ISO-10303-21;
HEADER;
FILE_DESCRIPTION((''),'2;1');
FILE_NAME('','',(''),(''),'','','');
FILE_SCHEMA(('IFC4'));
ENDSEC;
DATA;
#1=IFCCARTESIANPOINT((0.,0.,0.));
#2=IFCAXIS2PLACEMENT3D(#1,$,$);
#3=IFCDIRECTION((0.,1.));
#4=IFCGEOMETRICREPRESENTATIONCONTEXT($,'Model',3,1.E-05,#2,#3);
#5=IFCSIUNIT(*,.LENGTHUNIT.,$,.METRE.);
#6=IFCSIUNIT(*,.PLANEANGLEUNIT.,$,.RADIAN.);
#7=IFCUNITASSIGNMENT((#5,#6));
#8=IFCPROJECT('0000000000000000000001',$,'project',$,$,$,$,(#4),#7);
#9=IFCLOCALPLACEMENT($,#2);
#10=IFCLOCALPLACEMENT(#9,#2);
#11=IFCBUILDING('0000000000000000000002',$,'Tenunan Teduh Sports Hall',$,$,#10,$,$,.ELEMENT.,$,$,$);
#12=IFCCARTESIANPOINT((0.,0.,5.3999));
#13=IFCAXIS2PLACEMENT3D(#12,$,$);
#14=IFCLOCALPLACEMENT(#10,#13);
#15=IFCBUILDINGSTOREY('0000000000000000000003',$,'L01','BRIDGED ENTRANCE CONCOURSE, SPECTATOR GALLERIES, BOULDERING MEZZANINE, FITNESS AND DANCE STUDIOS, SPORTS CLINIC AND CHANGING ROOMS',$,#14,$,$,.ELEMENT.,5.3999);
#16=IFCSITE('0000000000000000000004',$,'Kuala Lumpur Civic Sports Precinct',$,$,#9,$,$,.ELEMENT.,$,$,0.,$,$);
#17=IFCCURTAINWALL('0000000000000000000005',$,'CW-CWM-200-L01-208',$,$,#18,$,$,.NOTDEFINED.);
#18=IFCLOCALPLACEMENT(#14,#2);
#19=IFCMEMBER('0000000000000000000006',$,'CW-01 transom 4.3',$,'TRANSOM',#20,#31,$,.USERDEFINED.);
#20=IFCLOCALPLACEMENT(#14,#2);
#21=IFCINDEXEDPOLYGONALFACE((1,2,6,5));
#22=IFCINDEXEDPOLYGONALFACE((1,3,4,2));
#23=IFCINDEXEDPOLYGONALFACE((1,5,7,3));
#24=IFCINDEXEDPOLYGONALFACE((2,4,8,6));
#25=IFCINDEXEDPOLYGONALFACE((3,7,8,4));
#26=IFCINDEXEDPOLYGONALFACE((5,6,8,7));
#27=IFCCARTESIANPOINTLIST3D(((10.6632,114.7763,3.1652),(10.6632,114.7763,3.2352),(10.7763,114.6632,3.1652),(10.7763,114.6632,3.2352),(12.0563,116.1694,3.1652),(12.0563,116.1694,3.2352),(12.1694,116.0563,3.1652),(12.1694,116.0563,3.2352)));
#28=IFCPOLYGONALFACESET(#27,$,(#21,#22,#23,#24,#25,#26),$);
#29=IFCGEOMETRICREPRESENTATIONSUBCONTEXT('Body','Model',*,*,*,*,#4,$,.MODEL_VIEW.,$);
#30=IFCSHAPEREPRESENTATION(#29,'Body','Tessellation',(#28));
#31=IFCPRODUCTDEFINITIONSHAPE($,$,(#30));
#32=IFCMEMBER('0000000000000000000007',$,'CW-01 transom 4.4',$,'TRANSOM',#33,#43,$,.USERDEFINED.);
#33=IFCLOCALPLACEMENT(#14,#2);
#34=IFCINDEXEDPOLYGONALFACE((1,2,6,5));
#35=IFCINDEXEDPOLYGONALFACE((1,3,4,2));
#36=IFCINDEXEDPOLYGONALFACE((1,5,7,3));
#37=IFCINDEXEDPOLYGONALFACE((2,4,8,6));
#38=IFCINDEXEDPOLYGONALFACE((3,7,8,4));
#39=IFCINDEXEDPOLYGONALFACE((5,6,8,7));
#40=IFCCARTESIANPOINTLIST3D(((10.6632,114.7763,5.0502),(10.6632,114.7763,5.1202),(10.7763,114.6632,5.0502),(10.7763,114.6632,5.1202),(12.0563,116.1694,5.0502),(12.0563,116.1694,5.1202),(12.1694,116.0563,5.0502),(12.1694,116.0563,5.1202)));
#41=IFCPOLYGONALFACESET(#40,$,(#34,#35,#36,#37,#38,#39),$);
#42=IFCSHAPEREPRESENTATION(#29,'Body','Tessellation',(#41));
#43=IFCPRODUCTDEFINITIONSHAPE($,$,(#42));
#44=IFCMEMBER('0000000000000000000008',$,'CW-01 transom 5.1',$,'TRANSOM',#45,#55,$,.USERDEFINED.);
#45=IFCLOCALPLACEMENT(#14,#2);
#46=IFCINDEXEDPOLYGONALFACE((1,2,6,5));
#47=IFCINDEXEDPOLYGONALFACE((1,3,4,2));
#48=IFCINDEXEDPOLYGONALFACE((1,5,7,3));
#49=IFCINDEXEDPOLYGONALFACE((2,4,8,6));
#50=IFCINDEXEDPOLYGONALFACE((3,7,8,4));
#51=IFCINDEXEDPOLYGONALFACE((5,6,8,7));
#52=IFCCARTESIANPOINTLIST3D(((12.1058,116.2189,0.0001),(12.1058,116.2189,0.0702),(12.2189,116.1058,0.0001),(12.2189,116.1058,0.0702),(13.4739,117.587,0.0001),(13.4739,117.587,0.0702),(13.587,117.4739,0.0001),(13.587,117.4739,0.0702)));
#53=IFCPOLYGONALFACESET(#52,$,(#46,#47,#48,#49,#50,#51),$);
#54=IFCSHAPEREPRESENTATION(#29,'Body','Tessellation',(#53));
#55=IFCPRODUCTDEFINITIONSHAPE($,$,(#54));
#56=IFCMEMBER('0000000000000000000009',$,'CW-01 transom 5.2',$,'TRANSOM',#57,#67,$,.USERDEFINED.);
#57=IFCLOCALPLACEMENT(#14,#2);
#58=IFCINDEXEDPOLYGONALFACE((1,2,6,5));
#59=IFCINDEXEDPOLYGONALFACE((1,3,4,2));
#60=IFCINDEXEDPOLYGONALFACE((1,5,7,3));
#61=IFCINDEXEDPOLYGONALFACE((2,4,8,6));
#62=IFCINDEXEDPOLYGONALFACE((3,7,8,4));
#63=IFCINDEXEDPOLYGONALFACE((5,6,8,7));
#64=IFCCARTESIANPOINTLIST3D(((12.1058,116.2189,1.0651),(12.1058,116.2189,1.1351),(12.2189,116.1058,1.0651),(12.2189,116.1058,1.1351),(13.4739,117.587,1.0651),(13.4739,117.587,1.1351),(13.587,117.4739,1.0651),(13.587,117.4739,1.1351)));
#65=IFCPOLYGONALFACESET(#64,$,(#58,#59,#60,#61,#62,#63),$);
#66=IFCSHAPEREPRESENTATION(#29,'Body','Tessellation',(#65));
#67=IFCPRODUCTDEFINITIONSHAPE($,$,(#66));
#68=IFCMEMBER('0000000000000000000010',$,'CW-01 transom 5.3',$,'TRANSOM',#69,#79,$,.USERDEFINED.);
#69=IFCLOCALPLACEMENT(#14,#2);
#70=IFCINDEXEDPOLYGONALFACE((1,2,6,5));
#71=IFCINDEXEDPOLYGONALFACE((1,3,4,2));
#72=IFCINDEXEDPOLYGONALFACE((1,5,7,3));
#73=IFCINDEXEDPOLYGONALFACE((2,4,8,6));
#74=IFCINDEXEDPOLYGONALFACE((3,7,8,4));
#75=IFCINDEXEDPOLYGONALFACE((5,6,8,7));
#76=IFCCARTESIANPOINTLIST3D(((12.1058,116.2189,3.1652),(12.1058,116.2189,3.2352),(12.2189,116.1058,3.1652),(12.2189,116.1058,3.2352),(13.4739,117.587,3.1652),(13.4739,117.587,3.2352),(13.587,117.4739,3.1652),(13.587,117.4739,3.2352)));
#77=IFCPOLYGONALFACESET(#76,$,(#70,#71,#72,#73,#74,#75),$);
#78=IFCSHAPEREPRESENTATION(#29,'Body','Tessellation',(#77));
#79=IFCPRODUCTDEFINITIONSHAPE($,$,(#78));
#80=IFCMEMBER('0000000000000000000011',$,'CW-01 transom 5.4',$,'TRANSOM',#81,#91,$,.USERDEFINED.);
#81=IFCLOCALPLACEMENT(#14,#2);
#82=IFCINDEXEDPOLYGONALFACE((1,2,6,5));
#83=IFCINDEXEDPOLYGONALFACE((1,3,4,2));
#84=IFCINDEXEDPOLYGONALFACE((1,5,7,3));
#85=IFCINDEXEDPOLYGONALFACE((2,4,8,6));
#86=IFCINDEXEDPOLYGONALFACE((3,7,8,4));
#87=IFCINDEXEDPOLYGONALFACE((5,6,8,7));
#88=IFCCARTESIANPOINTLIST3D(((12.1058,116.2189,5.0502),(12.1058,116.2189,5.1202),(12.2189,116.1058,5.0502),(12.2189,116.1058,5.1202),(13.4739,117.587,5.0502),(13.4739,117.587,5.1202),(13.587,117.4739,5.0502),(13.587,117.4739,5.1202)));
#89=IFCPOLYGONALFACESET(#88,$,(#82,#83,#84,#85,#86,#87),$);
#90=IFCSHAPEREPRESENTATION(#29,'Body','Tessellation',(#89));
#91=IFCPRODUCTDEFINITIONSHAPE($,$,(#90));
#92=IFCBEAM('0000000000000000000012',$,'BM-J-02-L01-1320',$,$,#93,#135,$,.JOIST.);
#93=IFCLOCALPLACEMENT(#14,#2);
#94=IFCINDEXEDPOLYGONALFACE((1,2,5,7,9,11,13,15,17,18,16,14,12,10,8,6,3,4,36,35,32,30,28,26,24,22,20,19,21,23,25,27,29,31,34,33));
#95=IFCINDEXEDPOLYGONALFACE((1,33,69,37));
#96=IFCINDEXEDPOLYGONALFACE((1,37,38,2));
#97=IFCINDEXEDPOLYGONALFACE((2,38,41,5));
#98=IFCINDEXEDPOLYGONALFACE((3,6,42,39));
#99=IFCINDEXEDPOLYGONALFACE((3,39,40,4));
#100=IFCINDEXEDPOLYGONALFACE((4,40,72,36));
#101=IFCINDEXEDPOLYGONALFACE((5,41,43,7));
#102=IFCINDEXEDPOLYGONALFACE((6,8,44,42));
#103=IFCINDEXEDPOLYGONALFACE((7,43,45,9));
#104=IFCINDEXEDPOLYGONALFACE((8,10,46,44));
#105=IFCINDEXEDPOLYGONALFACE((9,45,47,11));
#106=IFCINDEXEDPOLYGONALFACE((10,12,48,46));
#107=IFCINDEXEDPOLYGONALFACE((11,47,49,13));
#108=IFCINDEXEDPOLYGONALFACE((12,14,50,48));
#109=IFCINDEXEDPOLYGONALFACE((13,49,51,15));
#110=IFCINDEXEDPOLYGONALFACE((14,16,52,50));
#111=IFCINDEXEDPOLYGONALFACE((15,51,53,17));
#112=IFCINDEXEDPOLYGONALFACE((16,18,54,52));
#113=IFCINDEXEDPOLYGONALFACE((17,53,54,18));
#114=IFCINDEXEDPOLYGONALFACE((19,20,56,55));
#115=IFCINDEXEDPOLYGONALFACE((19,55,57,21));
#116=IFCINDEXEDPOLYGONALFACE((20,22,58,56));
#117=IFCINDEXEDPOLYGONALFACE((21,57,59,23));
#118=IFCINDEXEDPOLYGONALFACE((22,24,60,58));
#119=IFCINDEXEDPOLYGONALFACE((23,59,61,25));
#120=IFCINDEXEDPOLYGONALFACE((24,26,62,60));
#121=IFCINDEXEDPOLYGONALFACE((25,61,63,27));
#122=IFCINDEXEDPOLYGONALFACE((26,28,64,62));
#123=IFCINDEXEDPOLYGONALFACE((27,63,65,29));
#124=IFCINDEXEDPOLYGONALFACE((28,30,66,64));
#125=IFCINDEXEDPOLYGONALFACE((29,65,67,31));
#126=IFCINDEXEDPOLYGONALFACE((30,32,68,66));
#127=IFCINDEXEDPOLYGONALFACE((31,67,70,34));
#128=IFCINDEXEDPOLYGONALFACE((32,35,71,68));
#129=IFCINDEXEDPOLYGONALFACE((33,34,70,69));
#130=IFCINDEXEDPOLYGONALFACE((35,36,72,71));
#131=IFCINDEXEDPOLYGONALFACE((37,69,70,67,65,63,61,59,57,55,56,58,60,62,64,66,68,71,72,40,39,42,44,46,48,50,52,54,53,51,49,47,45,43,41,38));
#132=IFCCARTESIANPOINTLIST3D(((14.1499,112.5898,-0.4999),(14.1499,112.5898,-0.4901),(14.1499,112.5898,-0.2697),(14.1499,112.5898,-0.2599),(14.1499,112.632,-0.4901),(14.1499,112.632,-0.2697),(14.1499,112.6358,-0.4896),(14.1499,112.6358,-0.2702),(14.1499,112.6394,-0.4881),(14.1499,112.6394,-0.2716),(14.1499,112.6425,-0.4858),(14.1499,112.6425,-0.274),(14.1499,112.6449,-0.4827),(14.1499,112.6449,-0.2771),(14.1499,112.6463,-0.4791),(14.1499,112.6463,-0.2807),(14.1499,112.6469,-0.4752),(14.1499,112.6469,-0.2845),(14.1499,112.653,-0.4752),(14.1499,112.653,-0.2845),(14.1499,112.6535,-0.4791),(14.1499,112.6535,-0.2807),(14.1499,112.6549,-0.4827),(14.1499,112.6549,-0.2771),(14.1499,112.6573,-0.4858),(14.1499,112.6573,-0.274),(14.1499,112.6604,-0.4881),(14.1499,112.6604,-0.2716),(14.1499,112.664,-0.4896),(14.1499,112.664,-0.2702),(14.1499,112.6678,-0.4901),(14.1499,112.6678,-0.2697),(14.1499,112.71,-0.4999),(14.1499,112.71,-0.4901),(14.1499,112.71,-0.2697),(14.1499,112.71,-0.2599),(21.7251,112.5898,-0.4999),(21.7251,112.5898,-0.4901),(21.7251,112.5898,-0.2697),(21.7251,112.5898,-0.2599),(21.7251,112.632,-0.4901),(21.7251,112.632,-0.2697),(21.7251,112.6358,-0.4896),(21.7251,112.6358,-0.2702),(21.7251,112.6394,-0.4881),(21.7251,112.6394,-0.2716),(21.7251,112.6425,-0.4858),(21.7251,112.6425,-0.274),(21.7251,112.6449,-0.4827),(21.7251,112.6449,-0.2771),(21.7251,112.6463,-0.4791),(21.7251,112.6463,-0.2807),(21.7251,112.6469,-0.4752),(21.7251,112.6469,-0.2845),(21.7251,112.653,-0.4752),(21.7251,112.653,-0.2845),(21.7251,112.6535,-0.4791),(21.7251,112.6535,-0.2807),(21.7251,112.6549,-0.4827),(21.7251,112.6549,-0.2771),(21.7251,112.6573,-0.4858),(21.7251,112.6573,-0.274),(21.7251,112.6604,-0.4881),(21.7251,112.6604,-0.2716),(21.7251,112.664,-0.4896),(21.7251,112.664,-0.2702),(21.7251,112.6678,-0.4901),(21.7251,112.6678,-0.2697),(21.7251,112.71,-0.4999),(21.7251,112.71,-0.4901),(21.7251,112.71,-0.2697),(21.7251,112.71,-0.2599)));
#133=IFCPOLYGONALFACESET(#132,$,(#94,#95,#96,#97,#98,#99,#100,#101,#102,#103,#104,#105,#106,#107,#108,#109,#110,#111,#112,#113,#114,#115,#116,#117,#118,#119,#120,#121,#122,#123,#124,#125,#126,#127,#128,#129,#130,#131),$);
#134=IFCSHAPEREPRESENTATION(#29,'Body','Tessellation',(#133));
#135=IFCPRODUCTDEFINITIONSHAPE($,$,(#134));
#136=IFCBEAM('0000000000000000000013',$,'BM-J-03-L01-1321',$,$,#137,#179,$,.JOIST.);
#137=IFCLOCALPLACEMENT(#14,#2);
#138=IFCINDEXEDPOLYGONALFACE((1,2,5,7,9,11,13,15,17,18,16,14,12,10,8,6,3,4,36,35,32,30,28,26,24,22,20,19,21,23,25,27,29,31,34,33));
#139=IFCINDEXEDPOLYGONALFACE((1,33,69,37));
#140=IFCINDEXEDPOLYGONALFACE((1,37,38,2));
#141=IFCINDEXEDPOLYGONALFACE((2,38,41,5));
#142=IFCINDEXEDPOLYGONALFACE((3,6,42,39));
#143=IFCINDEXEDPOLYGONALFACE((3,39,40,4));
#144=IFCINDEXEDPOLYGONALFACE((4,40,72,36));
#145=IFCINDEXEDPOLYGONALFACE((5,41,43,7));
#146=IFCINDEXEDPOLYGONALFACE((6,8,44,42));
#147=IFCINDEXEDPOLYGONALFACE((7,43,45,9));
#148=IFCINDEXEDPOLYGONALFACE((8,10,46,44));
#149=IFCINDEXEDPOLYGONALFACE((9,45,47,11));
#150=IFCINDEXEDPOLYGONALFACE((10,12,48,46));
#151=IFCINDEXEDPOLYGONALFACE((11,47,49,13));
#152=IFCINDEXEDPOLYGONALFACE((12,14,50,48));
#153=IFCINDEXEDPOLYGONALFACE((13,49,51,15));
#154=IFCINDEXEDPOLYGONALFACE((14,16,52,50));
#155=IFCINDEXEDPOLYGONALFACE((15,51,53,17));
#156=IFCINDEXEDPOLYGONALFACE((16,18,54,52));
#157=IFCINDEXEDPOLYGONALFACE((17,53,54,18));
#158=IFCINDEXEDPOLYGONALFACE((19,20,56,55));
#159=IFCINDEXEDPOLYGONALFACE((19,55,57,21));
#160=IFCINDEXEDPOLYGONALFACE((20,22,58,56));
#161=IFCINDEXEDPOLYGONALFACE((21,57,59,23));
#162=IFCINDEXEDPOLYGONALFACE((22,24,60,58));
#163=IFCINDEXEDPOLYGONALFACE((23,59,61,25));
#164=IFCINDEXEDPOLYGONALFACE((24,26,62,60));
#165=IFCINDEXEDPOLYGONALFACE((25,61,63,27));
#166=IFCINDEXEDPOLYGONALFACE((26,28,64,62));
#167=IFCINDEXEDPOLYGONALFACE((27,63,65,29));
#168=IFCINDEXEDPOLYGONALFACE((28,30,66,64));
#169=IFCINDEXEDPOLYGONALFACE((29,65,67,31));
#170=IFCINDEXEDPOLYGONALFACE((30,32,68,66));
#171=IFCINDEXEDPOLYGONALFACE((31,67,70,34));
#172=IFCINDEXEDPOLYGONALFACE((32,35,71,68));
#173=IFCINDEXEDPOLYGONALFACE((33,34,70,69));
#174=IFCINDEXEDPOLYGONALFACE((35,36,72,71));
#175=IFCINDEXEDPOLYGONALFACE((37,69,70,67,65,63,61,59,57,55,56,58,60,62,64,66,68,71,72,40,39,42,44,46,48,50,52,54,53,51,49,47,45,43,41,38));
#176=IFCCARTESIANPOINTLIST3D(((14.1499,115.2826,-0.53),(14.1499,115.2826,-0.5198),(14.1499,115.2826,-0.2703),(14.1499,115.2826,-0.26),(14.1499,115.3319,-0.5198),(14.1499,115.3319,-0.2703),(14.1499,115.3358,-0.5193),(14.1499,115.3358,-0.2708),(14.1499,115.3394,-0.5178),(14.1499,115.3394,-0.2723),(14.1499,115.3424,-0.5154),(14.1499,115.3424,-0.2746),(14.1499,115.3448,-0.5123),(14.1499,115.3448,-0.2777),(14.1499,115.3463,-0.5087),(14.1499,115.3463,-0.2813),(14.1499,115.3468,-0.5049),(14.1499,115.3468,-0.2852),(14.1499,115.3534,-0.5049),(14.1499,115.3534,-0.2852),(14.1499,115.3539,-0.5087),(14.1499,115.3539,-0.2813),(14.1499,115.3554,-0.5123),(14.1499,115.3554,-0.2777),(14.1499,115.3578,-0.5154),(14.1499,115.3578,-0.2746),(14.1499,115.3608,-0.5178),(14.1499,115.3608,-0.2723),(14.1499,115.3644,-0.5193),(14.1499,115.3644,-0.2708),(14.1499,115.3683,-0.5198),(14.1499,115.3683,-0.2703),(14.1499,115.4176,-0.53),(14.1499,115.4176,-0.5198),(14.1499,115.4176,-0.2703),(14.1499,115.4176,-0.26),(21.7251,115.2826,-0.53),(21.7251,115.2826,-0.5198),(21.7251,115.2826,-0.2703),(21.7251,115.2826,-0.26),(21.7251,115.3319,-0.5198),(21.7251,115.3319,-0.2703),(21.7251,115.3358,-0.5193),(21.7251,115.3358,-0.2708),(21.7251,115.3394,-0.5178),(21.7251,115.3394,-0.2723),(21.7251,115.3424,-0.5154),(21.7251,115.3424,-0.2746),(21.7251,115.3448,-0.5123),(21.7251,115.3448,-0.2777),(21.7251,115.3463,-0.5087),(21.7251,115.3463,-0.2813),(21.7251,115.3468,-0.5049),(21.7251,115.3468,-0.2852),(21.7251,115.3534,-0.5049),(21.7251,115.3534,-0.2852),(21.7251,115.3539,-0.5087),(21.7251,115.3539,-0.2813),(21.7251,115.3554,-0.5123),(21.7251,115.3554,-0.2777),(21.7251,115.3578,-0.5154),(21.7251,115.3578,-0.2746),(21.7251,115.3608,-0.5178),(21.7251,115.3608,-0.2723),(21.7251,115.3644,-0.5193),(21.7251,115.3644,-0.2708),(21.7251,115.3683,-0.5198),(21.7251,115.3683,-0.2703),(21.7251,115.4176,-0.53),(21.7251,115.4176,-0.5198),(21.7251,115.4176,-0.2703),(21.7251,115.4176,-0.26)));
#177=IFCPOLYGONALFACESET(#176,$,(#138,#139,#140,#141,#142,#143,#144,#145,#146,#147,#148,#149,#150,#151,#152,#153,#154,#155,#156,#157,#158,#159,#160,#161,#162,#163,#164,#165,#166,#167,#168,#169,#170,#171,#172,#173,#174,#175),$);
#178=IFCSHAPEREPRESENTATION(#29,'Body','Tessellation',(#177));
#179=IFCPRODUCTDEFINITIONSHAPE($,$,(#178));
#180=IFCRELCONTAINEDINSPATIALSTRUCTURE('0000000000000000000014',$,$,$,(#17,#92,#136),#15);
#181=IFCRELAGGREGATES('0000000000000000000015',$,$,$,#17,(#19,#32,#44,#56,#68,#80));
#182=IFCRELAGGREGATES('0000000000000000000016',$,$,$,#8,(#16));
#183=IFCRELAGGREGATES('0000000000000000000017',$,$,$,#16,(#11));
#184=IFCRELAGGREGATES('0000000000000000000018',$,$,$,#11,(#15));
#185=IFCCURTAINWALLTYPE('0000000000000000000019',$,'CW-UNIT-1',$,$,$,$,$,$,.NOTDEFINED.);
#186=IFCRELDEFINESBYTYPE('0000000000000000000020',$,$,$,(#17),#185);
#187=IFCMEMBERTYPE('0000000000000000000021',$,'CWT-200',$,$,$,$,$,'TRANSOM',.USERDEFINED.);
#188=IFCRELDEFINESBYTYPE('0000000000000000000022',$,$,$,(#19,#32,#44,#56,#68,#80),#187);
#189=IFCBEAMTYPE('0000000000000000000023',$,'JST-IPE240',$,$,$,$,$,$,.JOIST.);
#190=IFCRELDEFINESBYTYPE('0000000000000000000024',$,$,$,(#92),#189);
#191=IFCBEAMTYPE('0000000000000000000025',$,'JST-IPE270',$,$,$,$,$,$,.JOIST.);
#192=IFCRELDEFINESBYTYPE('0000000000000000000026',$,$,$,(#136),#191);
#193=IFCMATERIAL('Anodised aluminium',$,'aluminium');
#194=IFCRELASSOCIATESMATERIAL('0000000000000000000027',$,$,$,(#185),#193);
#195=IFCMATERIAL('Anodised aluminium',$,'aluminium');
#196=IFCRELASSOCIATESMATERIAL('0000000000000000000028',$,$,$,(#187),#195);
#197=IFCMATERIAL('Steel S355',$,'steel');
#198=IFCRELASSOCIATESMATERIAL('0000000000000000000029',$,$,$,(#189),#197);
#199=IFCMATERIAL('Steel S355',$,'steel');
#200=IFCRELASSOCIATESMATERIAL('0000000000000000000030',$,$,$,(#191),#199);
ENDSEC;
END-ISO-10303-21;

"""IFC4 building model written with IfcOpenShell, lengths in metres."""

from ifc_helpers import new_model, si_unit, direction, frame, origin, origin_2d, place, context, subcontext, project, spatial, rectangle, i_section, extrude, material, material_profile, profile_set, type_object, element, aggregate, save


model = new_model("IFC4")

# Units and contexts
model_context = context("Model", 3, precision=1e-05, world=origin(), true_north=direction((0.0, 1.0)))
body_context = subcontext(model_context, "Body", "Model", "MODEL_VIEW")
ifc_project = project(units=[si_unit("LENGTHUNIT", "METRE"), si_unit("PLANEANGLEUNIT", "RADIAN")], contexts=[model_context])

# Site, building, storey
site_placement = place(None, origin())
site = spatial("IfcSite", under=ifc_project, at=site_placement, Name="Kuala Lumpur Civic Sports Precinct", CompositionType="ELEMENT", RefElevation=0.0)
building_placement = place(site_placement, origin())
building = spatial("IfcBuilding", under=site, at=building_placement, Name="Tenunan Teduh Sports Hall", CompositionType="ELEMENT")
storey_placement = place(building_placement, frame((0.0, 0.0, 5.3999)))
storey = spatial("IfcBuildingStorey", under=building, at=storey_placement, Name="L01", Description="BRIDGED ENTRANCE CONCOURSE, SPECTATOR GALLERIES, BOULDERING MEZZANINE, FITNESS AND DANCE STUDIOS, SPORTS CLINIC AND CHANGING ROOMS", CompositionType="ELEMENT", Elevation=5.3999)

# Curtain wall
ifc_material_1 = material(Name="Anodised aluminium", Category="aluminium")
curtain_wall_type = type_object("IfcCurtainWallType", Name="CW-UNIT-1", PredefinedType="NOTDEFINED", material=ifc_material_1)
curtain_wall_1_placement = place(storey_placement, origin())
curtain_wall_1 = element("IfcCurtainWall", 1, at=curtain_wall_1_placement, inside=storey, type_object=curtain_wall_type, Name="CW-CWM-200-L01-208", PredefinedType="NOTDEFINED")

# Members
ifc_material_2 = material(Name="Anodised aluminium", Category="aluminium")
ifc_material_profile_1 = material_profile(ifc_material_2, rectangle(XDim=0.0701, YDim=0.1599, at=origin_2d()), Name="CWT 70x160")
ifc_profile_set_1 = profile_set([ifc_material_profile_1], Name="Anodised aluminium")
member_type_1 = type_object("IfcMemberType", Name="CWT-200", ElementType="TRANSOM", PredefinedType="USERDEFINED", material=ifc_profile_set_1)
member_1_placement = place(storey_placement, frame((10.7197, 114.7197, 3.2002), z_axis=(0.707107, 0.707107, 0.0), x_axis=(0.0, 0.0, 1.0)))
member_1 = element("IfcMember", 2, at=member_1_placement, type_object=member_type_1, Name="CW-01 transom 4.3", ObjectType="TRANSOM", PredefinedType="USERDEFINED", context=body_context, shape_type="SweptSolid", body=[
    extrude(rectangle(XDim=0.0701, YDim=0.1599, at=origin_2d()), origin(), (0.0, 0.0, 1.0), 1.9702),
])
member_2_placement = place(storey_placement, frame((10.7197, 114.7197, 5.0852), z_axis=(0.707107, 0.707107, 0.0), x_axis=(0.0, 0.0, 1.0)))
member_2 = element("IfcMember", 3, at=member_2_placement, type_object=member_type_1, Name="CW-01 transom 4.4", ObjectType="TRANSOM", PredefinedType="USERDEFINED", context=body_context, shape_type="SweptSolid", body=[
    extrude(rectangle(XDim=0.0701, YDim=0.1599, at=origin_2d()), origin(), (0.0, 0.0, 1.0), 1.9702),
])
member_3_placement = place(storey_placement, frame((12.1624, 116.1624, 0.0352), z_axis=(0.707107, 0.707107, 0.0), x_axis=(0.0, 0.0, 1.0)))
member_3 = element("IfcMember", 4, at=member_3_placement, type_object=member_type_1, Name="CW-01 transom 5.1", ObjectType="TRANSOM", PredefinedType="USERDEFINED", context=body_context, shape_type="SweptSolid", body=[
    extrude(rectangle(XDim=0.0701, YDim=0.1599, at=origin_2d()), origin(), (0.0, 0.0, 1.0), 1.9348),
])
member_4_placement = place(storey_placement, frame((12.1624, 116.1624, 1.1001), z_axis=(0.707107, 0.707107, 0.0), x_axis=(0.0, 0.0, 1.0)))
member_4 = element("IfcMember", 5, at=member_4_placement, type_object=member_type_1, Name="CW-01 transom 5.2", ObjectType="TRANSOM", PredefinedType="USERDEFINED", context=body_context, shape_type="SweptSolid", body=[
    extrude(rectangle(XDim=0.0701, YDim=0.1599, at=origin_2d()), origin(), (0.0, 0.0, 1.0), 1.9348),
])
member_5_placement = place(storey_placement, frame((12.1624, 116.1624, 3.2002), z_axis=(0.707107, 0.707107, 0.0), x_axis=(0.0, 0.0, 1.0)))
member_5 = element("IfcMember", 6, at=member_5_placement, type_object=member_type_1, Name="CW-01 transom 5.3", ObjectType="TRANSOM", PredefinedType="USERDEFINED", context=body_context, shape_type="SweptSolid", body=[
    extrude(rectangle(XDim=0.0701, YDim=0.1599, at=origin_2d()), origin(), (0.0, 0.0, 1.0), 1.9348),
])
member_6_placement = place(storey_placement, frame((12.1624, 116.1624, 5.0852), z_axis=(0.707107, 0.707107, 0.0), x_axis=(0.0, 0.0, 1.0)))
member_6 = element("IfcMember", 7, at=member_6_placement, type_object=member_type_1, Name="CW-01 transom 5.4", ObjectType="TRANSOM", PredefinedType="USERDEFINED", context=body_context, shape_type="SweptSolid", body=[
    extrude(rectangle(XDim=0.0701, YDim=0.1599, at=origin_2d()), origin(), (0.0, 0.0, 1.0), 1.9348),
])

# Beams
ifc_material_3 = material(Name="Steel S355", Category="steel")
ifc_material_profile_2 = material_profile(ifc_material_3, i_section(OverallWidth=0.1201, OverallDepth=0.24, WebThickness=0.0061, FlangeThickness=0.0098, FilletRadius=0.0149, at=origin_2d()), Name="IPE 240")
ifc_profile_set_2 = profile_set([ifc_material_profile_2], Name="Steel S355")
beam_type_1 = type_object("IfcBeamType", Name="JST-IPE240", PredefinedType="JOIST", material=ifc_profile_set_2)
beam_1_placement = place(storey_placement, frame((14.1499, 112.6499, -0.3799), z_axis=(1.0, 0.0, 0.0), x_axis=(0.0, 1.0, 0.0)))
element("IfcBeam", 8, at=beam_1_placement, inside=storey, type_object=beam_type_1, Name="BM-J-02-L01-1320", PredefinedType="JOIST", context=body_context, shape_type="SweptSolid", body=[
    extrude(i_section(OverallWidth=0.1201, OverallDepth=0.24, WebThickness=0.0061, FlangeThickness=0.0098, FilletRadius=0.0149, at=origin_2d()), origin(), (0.0, 0.0, 1.0), 7.5752),
])
ifc_material_4 = material(Name="Steel S355", Category="steel")
ifc_material_profile_3 = material_profile(ifc_material_4, i_section(OverallWidth=0.135, OverallDepth=0.27, WebThickness=0.0066, FlangeThickness=0.0103, FilletRadius=0.0149, at=origin_2d()), Name="IPE 270")
ifc_profile_set_3 = profile_set([ifc_material_profile_3], Name="Steel S355")
beam_type_2 = type_object("IfcBeamType", Name="JST-IPE270", PredefinedType="JOIST", material=ifc_profile_set_3)
beam_2_placement = place(storey_placement, frame((14.1499, 115.3501, -0.395), z_axis=(1.0, 0.0, 0.0), x_axis=(0.0, 1.0, 0.0)))
element("IfcBeam", 9, at=beam_2_placement, inside=storey, type_object=beam_type_2, Name="BM-J-03-L01-1321", PredefinedType="JOIST", context=body_context, shape_type="SweptSolid", body=[
    extrude(i_section(OverallWidth=0.135, OverallDepth=0.27, WebThickness=0.0066, FlangeThickness=0.0103, FilletRadius=0.0149, at=origin_2d()), origin(), (0.0, 0.0, 1.0), 7.5752),
])

aggregate(curtain_wall_1, [member_1, member_2, member_3, member_4, member_5, member_6])

save(model, "model.ifc")
